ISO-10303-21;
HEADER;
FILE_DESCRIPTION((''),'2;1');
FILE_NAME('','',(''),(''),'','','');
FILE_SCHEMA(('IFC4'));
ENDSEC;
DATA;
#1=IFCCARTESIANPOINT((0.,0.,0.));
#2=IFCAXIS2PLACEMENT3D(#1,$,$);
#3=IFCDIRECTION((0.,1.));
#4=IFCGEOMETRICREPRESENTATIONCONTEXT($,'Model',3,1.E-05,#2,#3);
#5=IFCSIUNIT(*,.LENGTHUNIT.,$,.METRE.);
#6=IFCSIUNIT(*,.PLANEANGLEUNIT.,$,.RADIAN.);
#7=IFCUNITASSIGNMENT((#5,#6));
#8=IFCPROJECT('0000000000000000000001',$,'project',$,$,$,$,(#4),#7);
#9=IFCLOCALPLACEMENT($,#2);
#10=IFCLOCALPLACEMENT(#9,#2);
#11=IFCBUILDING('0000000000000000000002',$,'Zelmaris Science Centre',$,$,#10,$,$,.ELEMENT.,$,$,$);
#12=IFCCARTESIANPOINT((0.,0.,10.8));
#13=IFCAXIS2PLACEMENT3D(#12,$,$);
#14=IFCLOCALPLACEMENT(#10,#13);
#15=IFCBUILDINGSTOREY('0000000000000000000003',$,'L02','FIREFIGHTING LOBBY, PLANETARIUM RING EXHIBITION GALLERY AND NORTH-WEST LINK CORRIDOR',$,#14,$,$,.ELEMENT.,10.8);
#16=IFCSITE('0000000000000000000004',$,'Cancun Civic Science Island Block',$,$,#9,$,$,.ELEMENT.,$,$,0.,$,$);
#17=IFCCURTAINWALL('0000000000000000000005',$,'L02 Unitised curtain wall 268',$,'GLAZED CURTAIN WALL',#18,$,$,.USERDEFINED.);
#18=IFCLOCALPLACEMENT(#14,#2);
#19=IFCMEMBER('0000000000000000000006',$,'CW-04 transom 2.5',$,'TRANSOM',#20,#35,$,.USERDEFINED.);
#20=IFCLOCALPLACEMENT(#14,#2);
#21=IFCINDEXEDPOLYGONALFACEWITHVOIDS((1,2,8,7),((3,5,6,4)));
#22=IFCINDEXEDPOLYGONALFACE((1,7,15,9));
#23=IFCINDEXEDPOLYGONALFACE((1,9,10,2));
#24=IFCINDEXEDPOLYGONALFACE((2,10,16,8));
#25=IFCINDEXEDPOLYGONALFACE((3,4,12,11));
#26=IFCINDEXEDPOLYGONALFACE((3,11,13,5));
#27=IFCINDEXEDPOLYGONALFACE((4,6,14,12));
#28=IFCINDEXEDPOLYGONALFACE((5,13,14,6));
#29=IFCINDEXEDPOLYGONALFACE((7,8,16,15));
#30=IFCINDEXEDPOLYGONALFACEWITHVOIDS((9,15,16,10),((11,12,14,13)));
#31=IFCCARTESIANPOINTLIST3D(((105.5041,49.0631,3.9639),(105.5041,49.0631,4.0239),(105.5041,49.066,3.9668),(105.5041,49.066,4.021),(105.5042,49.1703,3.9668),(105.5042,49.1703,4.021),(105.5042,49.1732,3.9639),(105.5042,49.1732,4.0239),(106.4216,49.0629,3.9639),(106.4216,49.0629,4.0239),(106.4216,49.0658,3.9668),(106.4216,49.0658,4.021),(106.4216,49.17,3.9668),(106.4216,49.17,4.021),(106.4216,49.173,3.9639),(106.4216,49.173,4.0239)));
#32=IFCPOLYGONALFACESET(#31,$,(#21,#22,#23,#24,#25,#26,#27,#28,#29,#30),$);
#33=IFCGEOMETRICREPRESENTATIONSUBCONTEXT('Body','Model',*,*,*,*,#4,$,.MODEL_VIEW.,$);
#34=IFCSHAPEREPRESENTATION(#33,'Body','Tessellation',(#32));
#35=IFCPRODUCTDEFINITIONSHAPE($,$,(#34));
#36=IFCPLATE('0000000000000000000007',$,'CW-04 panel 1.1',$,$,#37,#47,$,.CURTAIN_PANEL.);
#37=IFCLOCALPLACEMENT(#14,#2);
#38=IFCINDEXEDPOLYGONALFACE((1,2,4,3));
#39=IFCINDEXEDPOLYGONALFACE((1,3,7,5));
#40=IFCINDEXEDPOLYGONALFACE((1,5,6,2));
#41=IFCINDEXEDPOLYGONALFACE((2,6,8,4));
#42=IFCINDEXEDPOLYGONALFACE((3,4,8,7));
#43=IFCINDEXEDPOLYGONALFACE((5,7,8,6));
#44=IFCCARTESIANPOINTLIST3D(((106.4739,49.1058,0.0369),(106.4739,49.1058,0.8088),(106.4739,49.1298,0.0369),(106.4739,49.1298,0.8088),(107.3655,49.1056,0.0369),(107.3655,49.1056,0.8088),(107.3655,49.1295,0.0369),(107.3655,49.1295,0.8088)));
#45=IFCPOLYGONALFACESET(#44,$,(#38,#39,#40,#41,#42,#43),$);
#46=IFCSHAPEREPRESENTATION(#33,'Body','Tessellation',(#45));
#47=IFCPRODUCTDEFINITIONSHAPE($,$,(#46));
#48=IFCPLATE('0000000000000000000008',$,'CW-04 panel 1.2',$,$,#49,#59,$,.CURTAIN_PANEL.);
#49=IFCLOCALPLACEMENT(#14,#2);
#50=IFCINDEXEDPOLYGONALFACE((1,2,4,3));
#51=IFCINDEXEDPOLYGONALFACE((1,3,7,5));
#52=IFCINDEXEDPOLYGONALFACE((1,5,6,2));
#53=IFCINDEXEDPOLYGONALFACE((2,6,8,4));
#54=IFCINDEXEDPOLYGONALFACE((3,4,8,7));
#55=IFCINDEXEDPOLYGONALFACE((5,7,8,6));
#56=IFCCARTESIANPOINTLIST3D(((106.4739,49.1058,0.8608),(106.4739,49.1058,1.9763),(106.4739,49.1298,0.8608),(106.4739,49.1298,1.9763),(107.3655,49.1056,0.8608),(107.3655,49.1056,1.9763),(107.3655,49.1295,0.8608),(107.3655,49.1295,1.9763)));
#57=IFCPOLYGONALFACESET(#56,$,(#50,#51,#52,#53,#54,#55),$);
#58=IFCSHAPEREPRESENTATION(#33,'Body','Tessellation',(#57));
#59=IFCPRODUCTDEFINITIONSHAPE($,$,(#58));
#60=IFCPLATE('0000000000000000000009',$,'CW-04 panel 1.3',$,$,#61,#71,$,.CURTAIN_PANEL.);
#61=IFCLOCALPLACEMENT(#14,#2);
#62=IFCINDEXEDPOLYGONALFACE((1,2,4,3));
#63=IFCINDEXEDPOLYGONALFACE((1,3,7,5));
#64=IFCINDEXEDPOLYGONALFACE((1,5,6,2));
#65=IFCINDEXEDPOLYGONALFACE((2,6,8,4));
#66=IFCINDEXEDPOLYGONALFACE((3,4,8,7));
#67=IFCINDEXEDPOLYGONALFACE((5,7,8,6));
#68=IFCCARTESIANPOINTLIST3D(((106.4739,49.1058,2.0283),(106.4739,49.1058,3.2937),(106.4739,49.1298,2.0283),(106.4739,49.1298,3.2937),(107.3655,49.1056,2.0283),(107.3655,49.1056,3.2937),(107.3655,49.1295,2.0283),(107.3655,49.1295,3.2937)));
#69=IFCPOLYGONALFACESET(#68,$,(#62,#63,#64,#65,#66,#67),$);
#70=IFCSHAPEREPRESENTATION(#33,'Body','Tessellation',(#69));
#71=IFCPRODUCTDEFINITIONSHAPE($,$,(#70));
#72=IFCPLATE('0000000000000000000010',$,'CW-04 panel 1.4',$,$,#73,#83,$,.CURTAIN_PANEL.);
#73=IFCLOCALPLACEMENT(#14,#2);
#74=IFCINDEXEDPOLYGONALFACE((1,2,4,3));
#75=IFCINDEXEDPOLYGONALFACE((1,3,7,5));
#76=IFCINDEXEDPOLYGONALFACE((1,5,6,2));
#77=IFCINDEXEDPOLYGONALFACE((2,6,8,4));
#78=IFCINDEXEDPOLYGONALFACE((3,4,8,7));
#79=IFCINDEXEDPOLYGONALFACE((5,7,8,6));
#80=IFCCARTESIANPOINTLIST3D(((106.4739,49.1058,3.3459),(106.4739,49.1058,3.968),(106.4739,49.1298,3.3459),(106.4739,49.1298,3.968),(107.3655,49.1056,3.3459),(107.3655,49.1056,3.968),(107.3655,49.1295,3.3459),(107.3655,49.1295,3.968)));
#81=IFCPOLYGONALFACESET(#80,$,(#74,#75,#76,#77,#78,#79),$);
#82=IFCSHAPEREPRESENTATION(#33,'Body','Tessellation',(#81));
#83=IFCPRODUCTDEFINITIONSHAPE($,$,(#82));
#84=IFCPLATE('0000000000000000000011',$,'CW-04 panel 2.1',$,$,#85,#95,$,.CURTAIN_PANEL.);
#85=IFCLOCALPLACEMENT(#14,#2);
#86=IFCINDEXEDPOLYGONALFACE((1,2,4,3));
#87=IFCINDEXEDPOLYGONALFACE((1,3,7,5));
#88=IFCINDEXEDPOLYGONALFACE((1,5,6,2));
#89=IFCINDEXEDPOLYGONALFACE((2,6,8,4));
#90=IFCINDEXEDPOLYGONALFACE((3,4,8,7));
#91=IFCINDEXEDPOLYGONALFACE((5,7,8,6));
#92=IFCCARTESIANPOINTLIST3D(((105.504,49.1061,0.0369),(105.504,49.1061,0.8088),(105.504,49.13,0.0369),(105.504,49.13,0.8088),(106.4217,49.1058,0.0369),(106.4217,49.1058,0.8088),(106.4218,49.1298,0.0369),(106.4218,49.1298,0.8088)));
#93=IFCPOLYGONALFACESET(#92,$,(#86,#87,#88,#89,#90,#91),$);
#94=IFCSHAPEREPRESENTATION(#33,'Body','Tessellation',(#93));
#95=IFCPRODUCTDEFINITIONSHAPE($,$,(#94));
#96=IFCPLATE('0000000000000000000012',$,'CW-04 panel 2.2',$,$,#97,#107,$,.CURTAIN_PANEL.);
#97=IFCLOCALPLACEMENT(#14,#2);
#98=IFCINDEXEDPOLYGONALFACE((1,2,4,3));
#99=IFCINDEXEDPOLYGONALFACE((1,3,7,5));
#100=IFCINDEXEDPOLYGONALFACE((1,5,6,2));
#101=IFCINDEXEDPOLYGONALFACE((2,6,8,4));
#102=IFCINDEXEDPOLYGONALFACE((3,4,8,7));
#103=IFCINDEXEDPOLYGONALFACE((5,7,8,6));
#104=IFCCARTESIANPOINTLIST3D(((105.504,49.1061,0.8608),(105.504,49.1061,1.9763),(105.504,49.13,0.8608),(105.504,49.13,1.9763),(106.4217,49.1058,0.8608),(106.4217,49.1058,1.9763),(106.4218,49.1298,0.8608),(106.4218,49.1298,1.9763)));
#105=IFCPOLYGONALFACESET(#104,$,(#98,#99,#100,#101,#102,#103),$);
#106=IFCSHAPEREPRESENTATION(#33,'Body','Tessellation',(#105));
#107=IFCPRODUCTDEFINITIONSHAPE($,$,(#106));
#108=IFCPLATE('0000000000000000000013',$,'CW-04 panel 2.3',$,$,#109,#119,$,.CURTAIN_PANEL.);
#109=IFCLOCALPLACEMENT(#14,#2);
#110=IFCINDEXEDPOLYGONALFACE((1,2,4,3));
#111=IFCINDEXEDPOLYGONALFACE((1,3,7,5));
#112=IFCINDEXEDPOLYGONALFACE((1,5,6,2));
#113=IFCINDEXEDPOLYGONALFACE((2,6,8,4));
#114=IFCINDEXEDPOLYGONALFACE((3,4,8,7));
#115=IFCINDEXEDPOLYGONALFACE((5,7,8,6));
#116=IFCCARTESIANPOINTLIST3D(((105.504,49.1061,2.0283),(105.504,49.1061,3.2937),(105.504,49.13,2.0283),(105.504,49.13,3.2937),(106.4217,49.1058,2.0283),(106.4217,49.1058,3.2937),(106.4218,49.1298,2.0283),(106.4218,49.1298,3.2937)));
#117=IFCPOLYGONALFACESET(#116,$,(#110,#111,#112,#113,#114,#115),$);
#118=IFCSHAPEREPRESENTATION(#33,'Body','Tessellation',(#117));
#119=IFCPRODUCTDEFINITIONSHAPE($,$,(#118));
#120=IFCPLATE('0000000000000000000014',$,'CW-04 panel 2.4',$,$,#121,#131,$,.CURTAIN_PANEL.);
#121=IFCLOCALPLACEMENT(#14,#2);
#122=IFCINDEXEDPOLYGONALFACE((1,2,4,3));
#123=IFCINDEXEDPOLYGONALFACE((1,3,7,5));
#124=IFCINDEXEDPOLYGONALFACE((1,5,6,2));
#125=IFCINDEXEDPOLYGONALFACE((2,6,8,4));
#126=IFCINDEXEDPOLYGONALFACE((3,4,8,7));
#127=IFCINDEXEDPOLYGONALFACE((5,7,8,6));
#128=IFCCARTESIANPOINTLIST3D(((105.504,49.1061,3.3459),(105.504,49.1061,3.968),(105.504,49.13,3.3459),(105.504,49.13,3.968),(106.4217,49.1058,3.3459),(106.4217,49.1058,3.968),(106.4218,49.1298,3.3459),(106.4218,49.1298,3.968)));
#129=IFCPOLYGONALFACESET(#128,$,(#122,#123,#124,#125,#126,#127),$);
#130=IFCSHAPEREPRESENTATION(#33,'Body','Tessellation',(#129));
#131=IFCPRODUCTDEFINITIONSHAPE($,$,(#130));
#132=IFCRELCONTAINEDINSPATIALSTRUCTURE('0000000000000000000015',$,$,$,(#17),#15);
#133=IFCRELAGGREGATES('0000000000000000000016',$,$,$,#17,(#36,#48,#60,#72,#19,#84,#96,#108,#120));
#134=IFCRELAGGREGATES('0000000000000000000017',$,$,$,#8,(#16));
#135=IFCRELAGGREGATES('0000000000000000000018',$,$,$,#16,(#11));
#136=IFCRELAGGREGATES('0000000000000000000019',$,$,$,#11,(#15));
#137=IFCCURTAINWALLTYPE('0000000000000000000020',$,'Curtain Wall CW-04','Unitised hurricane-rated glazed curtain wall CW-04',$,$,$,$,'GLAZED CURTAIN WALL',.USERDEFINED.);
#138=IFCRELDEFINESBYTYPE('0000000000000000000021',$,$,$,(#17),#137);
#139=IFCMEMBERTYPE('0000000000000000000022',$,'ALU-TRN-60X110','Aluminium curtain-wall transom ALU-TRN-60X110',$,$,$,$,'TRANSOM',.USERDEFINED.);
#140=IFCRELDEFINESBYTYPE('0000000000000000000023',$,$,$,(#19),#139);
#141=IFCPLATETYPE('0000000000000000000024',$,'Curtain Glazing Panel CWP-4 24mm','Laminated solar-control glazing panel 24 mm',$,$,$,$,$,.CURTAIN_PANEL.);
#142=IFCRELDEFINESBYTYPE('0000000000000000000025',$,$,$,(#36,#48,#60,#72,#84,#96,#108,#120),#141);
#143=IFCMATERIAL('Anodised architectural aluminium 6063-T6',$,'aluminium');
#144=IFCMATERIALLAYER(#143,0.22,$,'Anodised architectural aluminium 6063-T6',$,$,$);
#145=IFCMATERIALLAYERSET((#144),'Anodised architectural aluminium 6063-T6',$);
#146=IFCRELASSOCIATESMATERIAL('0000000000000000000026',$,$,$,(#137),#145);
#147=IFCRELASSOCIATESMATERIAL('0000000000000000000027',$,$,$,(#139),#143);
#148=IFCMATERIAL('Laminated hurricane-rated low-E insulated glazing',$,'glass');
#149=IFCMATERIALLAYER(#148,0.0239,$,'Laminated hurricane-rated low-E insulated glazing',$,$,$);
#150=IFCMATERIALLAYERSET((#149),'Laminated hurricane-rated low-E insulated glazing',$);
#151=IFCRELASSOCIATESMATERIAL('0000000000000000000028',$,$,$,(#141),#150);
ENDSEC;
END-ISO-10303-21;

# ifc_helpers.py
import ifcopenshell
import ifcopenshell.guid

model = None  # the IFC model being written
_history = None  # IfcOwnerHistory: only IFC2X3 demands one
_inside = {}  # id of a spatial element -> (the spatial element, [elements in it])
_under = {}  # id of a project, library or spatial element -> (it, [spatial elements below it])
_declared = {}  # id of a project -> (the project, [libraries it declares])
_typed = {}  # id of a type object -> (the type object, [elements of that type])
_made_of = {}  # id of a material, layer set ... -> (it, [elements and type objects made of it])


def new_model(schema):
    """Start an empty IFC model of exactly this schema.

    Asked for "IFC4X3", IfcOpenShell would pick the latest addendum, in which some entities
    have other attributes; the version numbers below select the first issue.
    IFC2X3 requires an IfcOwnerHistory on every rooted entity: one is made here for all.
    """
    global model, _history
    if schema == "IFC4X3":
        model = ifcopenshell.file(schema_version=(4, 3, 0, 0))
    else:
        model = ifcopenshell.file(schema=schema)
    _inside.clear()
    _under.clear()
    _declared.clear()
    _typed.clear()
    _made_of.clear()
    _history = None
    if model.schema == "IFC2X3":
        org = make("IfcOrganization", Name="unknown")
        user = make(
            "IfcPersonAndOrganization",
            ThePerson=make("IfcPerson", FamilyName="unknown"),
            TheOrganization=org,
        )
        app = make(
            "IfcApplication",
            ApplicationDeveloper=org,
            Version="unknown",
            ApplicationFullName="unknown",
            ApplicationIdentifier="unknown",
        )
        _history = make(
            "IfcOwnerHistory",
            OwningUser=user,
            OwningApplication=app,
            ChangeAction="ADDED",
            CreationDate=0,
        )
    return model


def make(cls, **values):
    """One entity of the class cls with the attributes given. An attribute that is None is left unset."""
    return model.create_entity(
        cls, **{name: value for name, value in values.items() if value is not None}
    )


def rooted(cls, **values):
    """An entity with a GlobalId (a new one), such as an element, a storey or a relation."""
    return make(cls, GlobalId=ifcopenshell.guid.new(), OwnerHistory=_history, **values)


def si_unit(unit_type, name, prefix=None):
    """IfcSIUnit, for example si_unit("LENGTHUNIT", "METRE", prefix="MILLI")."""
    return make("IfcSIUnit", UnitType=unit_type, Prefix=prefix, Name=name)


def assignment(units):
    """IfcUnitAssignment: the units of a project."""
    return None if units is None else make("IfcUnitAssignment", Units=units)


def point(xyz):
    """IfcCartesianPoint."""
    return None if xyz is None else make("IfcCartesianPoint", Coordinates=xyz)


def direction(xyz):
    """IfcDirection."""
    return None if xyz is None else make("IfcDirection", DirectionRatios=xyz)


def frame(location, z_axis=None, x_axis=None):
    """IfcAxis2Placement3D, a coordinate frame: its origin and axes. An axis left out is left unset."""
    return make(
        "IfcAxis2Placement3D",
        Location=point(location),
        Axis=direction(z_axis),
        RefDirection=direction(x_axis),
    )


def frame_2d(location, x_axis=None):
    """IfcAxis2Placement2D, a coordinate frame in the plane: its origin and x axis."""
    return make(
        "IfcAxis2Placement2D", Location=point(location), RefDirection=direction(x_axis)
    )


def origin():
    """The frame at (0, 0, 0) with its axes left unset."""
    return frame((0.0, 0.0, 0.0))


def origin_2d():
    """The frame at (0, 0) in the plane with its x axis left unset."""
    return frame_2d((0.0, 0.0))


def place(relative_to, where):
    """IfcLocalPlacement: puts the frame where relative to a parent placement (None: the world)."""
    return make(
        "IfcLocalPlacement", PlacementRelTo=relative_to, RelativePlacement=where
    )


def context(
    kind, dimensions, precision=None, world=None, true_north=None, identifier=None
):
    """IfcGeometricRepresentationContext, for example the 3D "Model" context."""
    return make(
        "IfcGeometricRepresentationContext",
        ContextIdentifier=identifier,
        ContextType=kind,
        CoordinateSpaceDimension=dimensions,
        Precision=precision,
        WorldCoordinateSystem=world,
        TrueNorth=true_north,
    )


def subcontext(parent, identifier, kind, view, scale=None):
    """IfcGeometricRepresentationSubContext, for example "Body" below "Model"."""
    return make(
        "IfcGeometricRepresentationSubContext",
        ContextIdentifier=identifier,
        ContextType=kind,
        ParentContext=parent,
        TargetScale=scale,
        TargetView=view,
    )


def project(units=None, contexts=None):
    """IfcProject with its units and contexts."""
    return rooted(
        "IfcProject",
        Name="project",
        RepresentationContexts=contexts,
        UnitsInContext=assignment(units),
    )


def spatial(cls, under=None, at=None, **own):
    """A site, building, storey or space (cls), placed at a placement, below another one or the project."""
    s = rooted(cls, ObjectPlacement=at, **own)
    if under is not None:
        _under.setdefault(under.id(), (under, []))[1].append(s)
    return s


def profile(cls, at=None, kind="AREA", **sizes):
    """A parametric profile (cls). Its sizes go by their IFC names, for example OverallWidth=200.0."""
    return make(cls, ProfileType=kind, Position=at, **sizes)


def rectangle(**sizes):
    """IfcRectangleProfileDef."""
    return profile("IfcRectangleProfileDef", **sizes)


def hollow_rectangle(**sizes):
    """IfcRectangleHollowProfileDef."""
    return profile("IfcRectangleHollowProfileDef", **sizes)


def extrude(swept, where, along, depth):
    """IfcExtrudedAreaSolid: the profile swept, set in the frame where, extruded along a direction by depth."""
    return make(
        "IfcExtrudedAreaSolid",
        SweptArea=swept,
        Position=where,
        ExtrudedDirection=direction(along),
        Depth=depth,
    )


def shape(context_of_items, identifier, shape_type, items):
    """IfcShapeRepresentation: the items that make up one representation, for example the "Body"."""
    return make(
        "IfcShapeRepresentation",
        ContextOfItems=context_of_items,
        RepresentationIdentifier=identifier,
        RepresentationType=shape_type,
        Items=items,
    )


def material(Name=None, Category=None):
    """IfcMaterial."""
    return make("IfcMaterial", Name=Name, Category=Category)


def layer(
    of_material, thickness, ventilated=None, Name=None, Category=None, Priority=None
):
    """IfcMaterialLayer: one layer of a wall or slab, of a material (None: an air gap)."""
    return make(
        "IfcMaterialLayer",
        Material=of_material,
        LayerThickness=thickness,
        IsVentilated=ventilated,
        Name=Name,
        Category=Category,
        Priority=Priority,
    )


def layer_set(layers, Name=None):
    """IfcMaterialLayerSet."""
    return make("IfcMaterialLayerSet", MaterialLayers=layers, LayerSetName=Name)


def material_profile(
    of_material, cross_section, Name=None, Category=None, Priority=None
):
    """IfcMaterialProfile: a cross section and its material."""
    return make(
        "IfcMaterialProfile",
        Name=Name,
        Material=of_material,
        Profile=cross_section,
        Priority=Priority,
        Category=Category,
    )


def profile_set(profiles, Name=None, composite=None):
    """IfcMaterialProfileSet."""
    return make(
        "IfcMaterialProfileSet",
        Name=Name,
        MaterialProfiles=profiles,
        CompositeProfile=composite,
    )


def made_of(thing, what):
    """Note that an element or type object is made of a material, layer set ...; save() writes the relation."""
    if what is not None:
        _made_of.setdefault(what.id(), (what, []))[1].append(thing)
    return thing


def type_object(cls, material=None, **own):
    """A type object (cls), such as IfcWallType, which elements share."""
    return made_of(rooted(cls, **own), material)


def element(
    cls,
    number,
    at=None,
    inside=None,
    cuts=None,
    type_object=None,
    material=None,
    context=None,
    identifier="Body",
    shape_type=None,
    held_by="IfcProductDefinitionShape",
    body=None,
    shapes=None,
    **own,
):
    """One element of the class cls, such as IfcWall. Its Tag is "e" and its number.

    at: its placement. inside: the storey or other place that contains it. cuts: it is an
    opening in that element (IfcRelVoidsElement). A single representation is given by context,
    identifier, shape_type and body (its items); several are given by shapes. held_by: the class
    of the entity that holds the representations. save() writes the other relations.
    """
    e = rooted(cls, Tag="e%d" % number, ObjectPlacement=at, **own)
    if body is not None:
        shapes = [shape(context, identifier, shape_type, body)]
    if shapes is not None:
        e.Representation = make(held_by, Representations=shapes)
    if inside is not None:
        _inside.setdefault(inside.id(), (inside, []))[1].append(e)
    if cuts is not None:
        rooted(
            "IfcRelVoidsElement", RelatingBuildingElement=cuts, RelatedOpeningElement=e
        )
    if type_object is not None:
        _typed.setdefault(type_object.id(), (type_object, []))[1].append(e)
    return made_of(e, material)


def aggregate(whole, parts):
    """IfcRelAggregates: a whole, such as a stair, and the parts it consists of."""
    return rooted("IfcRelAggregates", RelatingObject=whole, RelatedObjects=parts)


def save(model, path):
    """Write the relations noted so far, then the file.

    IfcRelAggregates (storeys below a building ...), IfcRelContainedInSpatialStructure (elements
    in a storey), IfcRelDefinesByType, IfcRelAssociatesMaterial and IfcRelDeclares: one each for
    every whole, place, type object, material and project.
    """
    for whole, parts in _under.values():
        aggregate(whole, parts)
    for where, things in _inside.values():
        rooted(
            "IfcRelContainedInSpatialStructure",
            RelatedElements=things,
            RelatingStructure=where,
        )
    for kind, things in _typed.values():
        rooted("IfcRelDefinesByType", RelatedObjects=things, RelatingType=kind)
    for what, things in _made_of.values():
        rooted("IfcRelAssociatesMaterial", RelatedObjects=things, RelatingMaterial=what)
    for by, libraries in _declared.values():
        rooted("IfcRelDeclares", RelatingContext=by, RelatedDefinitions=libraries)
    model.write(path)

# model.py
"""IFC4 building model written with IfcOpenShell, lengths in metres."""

from ifc_helpers import new_model, si_unit, direction, frame, origin, origin_2d, place, context, subcontext, project, spatial, rectangle, hollow_rectangle, extrude, material, layer, layer_set, material_profile, profile_set, type_object, element, aggregate, save


model = new_model("IFC4")

# Units and contexts
model_context = context("Model", 3, precision=1e-05, world=origin(), true_north=direction((0.0, 1.0)))
body_context = subcontext(model_context, "Body", "Model", "MODEL_VIEW")
ifc_project = project(units=[si_unit("LENGTHUNIT", "METRE"), si_unit("PLANEANGLEUNIT", "RADIAN")], contexts=[model_context])

# Site, building, storey
site_placement = place(None, origin())
site = spatial("IfcSite", under=ifc_project, at=site_placement, Name="Cancun Civic Science Island Block", CompositionType="ELEMENT", RefElevation=0.0)
building_placement = place(site_placement, origin())
building = spatial("IfcBuilding", under=site, at=building_placement, Name="Zelmaris Science Centre", CompositionType="ELEMENT")
storey_placement = place(building_placement, frame((0.0, 0.0, 10.8)))
storey = spatial("IfcBuildingStorey", under=building, at=storey_placement, Name="L02", Description="FIREFIGHTING LOBBY, PLANETARIUM RING EXHIBITION GALLERY AND NORTH-WEST LINK CORRIDOR", CompositionType="ELEMENT", Elevation=10.8)

# Curtain wall, member, plates
ifc_material_1 = material(Name="Anodised architectural aluminium 6063-T6", Category="aluminium")
ifc_layer_1 = layer(ifc_material_1, 0.22, Name="Anodised architectural aluminium 6063-T6")
ifc_layer_set_1 = layer_set([ifc_layer_1], Name="Anodised architectural aluminium 6063-T6")
curtain_wall_type = type_object("IfcCurtainWallType", Name="Curtain Wall CW-04", Description="Unitised hurricane-rated glazed curtain wall CW-04", ElementType="GLAZED CURTAIN WALL", PredefinedType="USERDEFINED", material=ifc_layer_set_1)
curtain_wall_placement = place(storey_placement, origin())
curtain_wall = element("IfcCurtainWall", 1, at=curtain_wall_placement, inside=storey, type_object=curtain_wall_type, Name="L02 Unitised curtain wall 268", ObjectType="GLAZED CURTAIN WALL", PredefinedType="USERDEFINED")
ifc_material_profile_1 = material_profile(ifc_material_1, hollow_rectangle(XDim=0.0601, YDim=0.1101, WallThickness=0.0029, at=origin_2d()), Name="ALU-TRN-60X110")
ifc_profile_set_1 = profile_set([ifc_material_profile_1], Name="Anodised architectural aluminium 6063-T6")
member_type_1 = type_object("IfcMemberType", Name="ALU-TRN-60X110", Description="Aluminium curtain-wall transom ALU-TRN-60X110", ElementType="TRANSOM", PredefinedType="USERDEFINED", material=ifc_profile_set_1)
member_1_placement = place(storey_placement, frame((106.4216, 49.1179, 3.9939), z_axis=(-1.0, 0.000266, 0.0), x_axis=(0.0, 0.0, 1.0)))
member_1 = element("IfcMember", 2, at=member_1_placement, type_object=member_type_1, Name="CW-04 transom 2.5", ObjectType="TRANSOM", PredefinedType="USERDEFINED", context=body_context, shape_type="SweptSolid", body=[
    extrude(hollow_rectangle(XDim=0.0601, YDim=0.1101, WallThickness=0.0029, at=origin_2d()), origin(), (0.0, 0.0, 1.0), 0.9175),
])
ifc_material_2 = material(Name="Laminated hurricane-rated low-E insulated glazing", Category="glass")
ifc_layer_2 = layer(ifc_material_2, 0.0239, Name="Laminated hurricane-rated low-E insulated glazing")
ifc_layer_set_2 = layer_set([ifc_layer_2], Name="Laminated hurricane-rated low-E insulated glazing")
plate_type = type_object("IfcPlateType", Name="Curtain Glazing Panel CWP-4 24mm", Description="Laminated solar-control glazing panel 24 mm", PredefinedType="CURTAIN_PANEL", material=ifc_layer_set_2)
plate_1_placement = place(storey_placement, frame((106.9197, 49.1177, 0.0369), z_axis=(0.0, 0.0, 1.0), x_axis=(-1.0, 0.000284, 0.0)))
plate_1 = element("IfcPlate", 3, at=plate_1_placement, type_object=plate_type, Name="CW-04 panel 1.1", PredefinedType="CURTAIN_PANEL", context=body_context, shape_type="SweptSolid", body=[
    extrude(rectangle(XDim=0.8916, YDim=0.0239, at=origin_2d()), origin(), (0.0, 0.0, 1.0), 0.772),
])
plate_2_placement = place(storey_placement, frame((106.9197, 49.1177, 0.8608), z_axis=(0.0, 0.0, 1.0), x_axis=(-1.0, 0.000284, 0.0)))
plate_2 = element("IfcPlate", 4, at=plate_2_placement, type_object=plate_type, Name="CW-04 panel 1.2", PredefinedType="CURTAIN_PANEL", context=body_context, shape_type="SweptSolid", body=[
    extrude(rectangle(XDim=0.8916, YDim=0.0239, at=origin_2d()), origin(), (0.0, 0.0, 1.0), 1.1155),
])
plate_3_placement = place(storey_placement, frame((106.9197, 49.1177, 2.0283), z_axis=(0.0, 0.0, 1.0), x_axis=(-1.0, 0.000284, 0.0)))
plate_3 = element("IfcPlate", 5, at=plate_3_placement, type_object=plate_type, Name="CW-04 panel 1.3", PredefinedType="CURTAIN_PANEL", context=body_context, shape_type="SweptSolid", body=[
    extrude(rectangle(XDim=0.8916, YDim=0.0239, at=origin_2d()), origin(), (0.0, 0.0, 1.0), 1.2654),
])
plate_4_placement = place(storey_placement, frame((106.9197, 49.1177, 3.3459), z_axis=(0.0, 0.0, 1.0), x_axis=(-1.0, 0.000284, 0.0)))
plate_4 = element("IfcPlate", 6, at=plate_4_placement, type_object=plate_type, Name="CW-04 panel 1.4", PredefinedType="CURTAIN_PANEL", context=body_context, shape_type="SweptSolid", body=[
    extrude(rectangle(XDim=0.8916, YDim=0.0239, at=origin_2d()), origin(), (0.0, 0.0, 1.0), 0.6221),
])
plate_5_placement = place(storey_placement, frame((105.9629, 49.1179, 0.0369), z_axis=(0.0, 0.0, 1.0), x_axis=(-1.0, 0.000284, 0.0)))
plate_5 = element("IfcPlate", 7, at=plate_5_placement, type_object=plate_type, Name="CW-04 panel 2.1", PredefinedType="CURTAIN_PANEL", context=body_context, shape_type="SweptSolid", body=[
    extrude(rectangle(XDim=0.9177, YDim=0.0239, at=origin_2d()), origin(), (0.0, 0.0, 1.0), 0.772),
])
plate_6_placement = place(storey_placement, frame((105.9629, 49.1179, 0.8608), z_axis=(0.0, 0.0, 1.0), x_axis=(-1.0, 0.000284, 0.0)))
plate_6 = element("IfcPlate", 8, at=plate_6_placement, type_object=plate_type, Name="CW-04 panel 2.2", PredefinedType="CURTAIN_PANEL", context=body_context, shape_type="SweptSolid", body=[
    extrude(rectangle(XDim=0.9177, YDim=0.0239, at=origin_2d()), origin(), (0.0, 0.0, 1.0), 1.1155),
])
plate_7_placement = place(storey_placement, frame((105.9629, 49.1179, 2.0283), z_axis=(0.0, 0.0, 1.0), x_axis=(-1.0, 0.000284, 0.0)))
plate_7 = element("IfcPlate", 9, at=plate_7_placement, type_object=plate_type, Name="CW-04 panel 2.3", PredefinedType="CURTAIN_PANEL", context=body_context, shape_type="SweptSolid", body=[
    extrude(rectangle(XDim=0.9177, YDim=0.0239, at=origin_2d()), origin(), (0.0, 0.0, 1.0), 1.2654),
])
plate_8_placement = place(storey_placement, frame((105.9629, 49.1179, 3.3459), z_axis=(0.0, 0.0, 1.0), x_axis=(-1.0, 0.000284, 0.0)))
plate_8 = element("IfcPlate", 10, at=plate_8_placement, type_object=plate_type, Name="CW-04 panel 2.4", PredefinedType="CURTAIN_PANEL", context=body_context, shape_type="SweptSolid", body=[
    extrude(rectangle(XDim=0.9177, YDim=0.0239, at=origin_2d()), origin(), (0.0, 0.0, 1.0), 0.6221),
])
aggregate(curtain_wall, [plate_1, plate_2, plate_3, plate_4, member_1, plate_5, plate_6, plate_7, plate_8])

save(model, "model.ifc")
